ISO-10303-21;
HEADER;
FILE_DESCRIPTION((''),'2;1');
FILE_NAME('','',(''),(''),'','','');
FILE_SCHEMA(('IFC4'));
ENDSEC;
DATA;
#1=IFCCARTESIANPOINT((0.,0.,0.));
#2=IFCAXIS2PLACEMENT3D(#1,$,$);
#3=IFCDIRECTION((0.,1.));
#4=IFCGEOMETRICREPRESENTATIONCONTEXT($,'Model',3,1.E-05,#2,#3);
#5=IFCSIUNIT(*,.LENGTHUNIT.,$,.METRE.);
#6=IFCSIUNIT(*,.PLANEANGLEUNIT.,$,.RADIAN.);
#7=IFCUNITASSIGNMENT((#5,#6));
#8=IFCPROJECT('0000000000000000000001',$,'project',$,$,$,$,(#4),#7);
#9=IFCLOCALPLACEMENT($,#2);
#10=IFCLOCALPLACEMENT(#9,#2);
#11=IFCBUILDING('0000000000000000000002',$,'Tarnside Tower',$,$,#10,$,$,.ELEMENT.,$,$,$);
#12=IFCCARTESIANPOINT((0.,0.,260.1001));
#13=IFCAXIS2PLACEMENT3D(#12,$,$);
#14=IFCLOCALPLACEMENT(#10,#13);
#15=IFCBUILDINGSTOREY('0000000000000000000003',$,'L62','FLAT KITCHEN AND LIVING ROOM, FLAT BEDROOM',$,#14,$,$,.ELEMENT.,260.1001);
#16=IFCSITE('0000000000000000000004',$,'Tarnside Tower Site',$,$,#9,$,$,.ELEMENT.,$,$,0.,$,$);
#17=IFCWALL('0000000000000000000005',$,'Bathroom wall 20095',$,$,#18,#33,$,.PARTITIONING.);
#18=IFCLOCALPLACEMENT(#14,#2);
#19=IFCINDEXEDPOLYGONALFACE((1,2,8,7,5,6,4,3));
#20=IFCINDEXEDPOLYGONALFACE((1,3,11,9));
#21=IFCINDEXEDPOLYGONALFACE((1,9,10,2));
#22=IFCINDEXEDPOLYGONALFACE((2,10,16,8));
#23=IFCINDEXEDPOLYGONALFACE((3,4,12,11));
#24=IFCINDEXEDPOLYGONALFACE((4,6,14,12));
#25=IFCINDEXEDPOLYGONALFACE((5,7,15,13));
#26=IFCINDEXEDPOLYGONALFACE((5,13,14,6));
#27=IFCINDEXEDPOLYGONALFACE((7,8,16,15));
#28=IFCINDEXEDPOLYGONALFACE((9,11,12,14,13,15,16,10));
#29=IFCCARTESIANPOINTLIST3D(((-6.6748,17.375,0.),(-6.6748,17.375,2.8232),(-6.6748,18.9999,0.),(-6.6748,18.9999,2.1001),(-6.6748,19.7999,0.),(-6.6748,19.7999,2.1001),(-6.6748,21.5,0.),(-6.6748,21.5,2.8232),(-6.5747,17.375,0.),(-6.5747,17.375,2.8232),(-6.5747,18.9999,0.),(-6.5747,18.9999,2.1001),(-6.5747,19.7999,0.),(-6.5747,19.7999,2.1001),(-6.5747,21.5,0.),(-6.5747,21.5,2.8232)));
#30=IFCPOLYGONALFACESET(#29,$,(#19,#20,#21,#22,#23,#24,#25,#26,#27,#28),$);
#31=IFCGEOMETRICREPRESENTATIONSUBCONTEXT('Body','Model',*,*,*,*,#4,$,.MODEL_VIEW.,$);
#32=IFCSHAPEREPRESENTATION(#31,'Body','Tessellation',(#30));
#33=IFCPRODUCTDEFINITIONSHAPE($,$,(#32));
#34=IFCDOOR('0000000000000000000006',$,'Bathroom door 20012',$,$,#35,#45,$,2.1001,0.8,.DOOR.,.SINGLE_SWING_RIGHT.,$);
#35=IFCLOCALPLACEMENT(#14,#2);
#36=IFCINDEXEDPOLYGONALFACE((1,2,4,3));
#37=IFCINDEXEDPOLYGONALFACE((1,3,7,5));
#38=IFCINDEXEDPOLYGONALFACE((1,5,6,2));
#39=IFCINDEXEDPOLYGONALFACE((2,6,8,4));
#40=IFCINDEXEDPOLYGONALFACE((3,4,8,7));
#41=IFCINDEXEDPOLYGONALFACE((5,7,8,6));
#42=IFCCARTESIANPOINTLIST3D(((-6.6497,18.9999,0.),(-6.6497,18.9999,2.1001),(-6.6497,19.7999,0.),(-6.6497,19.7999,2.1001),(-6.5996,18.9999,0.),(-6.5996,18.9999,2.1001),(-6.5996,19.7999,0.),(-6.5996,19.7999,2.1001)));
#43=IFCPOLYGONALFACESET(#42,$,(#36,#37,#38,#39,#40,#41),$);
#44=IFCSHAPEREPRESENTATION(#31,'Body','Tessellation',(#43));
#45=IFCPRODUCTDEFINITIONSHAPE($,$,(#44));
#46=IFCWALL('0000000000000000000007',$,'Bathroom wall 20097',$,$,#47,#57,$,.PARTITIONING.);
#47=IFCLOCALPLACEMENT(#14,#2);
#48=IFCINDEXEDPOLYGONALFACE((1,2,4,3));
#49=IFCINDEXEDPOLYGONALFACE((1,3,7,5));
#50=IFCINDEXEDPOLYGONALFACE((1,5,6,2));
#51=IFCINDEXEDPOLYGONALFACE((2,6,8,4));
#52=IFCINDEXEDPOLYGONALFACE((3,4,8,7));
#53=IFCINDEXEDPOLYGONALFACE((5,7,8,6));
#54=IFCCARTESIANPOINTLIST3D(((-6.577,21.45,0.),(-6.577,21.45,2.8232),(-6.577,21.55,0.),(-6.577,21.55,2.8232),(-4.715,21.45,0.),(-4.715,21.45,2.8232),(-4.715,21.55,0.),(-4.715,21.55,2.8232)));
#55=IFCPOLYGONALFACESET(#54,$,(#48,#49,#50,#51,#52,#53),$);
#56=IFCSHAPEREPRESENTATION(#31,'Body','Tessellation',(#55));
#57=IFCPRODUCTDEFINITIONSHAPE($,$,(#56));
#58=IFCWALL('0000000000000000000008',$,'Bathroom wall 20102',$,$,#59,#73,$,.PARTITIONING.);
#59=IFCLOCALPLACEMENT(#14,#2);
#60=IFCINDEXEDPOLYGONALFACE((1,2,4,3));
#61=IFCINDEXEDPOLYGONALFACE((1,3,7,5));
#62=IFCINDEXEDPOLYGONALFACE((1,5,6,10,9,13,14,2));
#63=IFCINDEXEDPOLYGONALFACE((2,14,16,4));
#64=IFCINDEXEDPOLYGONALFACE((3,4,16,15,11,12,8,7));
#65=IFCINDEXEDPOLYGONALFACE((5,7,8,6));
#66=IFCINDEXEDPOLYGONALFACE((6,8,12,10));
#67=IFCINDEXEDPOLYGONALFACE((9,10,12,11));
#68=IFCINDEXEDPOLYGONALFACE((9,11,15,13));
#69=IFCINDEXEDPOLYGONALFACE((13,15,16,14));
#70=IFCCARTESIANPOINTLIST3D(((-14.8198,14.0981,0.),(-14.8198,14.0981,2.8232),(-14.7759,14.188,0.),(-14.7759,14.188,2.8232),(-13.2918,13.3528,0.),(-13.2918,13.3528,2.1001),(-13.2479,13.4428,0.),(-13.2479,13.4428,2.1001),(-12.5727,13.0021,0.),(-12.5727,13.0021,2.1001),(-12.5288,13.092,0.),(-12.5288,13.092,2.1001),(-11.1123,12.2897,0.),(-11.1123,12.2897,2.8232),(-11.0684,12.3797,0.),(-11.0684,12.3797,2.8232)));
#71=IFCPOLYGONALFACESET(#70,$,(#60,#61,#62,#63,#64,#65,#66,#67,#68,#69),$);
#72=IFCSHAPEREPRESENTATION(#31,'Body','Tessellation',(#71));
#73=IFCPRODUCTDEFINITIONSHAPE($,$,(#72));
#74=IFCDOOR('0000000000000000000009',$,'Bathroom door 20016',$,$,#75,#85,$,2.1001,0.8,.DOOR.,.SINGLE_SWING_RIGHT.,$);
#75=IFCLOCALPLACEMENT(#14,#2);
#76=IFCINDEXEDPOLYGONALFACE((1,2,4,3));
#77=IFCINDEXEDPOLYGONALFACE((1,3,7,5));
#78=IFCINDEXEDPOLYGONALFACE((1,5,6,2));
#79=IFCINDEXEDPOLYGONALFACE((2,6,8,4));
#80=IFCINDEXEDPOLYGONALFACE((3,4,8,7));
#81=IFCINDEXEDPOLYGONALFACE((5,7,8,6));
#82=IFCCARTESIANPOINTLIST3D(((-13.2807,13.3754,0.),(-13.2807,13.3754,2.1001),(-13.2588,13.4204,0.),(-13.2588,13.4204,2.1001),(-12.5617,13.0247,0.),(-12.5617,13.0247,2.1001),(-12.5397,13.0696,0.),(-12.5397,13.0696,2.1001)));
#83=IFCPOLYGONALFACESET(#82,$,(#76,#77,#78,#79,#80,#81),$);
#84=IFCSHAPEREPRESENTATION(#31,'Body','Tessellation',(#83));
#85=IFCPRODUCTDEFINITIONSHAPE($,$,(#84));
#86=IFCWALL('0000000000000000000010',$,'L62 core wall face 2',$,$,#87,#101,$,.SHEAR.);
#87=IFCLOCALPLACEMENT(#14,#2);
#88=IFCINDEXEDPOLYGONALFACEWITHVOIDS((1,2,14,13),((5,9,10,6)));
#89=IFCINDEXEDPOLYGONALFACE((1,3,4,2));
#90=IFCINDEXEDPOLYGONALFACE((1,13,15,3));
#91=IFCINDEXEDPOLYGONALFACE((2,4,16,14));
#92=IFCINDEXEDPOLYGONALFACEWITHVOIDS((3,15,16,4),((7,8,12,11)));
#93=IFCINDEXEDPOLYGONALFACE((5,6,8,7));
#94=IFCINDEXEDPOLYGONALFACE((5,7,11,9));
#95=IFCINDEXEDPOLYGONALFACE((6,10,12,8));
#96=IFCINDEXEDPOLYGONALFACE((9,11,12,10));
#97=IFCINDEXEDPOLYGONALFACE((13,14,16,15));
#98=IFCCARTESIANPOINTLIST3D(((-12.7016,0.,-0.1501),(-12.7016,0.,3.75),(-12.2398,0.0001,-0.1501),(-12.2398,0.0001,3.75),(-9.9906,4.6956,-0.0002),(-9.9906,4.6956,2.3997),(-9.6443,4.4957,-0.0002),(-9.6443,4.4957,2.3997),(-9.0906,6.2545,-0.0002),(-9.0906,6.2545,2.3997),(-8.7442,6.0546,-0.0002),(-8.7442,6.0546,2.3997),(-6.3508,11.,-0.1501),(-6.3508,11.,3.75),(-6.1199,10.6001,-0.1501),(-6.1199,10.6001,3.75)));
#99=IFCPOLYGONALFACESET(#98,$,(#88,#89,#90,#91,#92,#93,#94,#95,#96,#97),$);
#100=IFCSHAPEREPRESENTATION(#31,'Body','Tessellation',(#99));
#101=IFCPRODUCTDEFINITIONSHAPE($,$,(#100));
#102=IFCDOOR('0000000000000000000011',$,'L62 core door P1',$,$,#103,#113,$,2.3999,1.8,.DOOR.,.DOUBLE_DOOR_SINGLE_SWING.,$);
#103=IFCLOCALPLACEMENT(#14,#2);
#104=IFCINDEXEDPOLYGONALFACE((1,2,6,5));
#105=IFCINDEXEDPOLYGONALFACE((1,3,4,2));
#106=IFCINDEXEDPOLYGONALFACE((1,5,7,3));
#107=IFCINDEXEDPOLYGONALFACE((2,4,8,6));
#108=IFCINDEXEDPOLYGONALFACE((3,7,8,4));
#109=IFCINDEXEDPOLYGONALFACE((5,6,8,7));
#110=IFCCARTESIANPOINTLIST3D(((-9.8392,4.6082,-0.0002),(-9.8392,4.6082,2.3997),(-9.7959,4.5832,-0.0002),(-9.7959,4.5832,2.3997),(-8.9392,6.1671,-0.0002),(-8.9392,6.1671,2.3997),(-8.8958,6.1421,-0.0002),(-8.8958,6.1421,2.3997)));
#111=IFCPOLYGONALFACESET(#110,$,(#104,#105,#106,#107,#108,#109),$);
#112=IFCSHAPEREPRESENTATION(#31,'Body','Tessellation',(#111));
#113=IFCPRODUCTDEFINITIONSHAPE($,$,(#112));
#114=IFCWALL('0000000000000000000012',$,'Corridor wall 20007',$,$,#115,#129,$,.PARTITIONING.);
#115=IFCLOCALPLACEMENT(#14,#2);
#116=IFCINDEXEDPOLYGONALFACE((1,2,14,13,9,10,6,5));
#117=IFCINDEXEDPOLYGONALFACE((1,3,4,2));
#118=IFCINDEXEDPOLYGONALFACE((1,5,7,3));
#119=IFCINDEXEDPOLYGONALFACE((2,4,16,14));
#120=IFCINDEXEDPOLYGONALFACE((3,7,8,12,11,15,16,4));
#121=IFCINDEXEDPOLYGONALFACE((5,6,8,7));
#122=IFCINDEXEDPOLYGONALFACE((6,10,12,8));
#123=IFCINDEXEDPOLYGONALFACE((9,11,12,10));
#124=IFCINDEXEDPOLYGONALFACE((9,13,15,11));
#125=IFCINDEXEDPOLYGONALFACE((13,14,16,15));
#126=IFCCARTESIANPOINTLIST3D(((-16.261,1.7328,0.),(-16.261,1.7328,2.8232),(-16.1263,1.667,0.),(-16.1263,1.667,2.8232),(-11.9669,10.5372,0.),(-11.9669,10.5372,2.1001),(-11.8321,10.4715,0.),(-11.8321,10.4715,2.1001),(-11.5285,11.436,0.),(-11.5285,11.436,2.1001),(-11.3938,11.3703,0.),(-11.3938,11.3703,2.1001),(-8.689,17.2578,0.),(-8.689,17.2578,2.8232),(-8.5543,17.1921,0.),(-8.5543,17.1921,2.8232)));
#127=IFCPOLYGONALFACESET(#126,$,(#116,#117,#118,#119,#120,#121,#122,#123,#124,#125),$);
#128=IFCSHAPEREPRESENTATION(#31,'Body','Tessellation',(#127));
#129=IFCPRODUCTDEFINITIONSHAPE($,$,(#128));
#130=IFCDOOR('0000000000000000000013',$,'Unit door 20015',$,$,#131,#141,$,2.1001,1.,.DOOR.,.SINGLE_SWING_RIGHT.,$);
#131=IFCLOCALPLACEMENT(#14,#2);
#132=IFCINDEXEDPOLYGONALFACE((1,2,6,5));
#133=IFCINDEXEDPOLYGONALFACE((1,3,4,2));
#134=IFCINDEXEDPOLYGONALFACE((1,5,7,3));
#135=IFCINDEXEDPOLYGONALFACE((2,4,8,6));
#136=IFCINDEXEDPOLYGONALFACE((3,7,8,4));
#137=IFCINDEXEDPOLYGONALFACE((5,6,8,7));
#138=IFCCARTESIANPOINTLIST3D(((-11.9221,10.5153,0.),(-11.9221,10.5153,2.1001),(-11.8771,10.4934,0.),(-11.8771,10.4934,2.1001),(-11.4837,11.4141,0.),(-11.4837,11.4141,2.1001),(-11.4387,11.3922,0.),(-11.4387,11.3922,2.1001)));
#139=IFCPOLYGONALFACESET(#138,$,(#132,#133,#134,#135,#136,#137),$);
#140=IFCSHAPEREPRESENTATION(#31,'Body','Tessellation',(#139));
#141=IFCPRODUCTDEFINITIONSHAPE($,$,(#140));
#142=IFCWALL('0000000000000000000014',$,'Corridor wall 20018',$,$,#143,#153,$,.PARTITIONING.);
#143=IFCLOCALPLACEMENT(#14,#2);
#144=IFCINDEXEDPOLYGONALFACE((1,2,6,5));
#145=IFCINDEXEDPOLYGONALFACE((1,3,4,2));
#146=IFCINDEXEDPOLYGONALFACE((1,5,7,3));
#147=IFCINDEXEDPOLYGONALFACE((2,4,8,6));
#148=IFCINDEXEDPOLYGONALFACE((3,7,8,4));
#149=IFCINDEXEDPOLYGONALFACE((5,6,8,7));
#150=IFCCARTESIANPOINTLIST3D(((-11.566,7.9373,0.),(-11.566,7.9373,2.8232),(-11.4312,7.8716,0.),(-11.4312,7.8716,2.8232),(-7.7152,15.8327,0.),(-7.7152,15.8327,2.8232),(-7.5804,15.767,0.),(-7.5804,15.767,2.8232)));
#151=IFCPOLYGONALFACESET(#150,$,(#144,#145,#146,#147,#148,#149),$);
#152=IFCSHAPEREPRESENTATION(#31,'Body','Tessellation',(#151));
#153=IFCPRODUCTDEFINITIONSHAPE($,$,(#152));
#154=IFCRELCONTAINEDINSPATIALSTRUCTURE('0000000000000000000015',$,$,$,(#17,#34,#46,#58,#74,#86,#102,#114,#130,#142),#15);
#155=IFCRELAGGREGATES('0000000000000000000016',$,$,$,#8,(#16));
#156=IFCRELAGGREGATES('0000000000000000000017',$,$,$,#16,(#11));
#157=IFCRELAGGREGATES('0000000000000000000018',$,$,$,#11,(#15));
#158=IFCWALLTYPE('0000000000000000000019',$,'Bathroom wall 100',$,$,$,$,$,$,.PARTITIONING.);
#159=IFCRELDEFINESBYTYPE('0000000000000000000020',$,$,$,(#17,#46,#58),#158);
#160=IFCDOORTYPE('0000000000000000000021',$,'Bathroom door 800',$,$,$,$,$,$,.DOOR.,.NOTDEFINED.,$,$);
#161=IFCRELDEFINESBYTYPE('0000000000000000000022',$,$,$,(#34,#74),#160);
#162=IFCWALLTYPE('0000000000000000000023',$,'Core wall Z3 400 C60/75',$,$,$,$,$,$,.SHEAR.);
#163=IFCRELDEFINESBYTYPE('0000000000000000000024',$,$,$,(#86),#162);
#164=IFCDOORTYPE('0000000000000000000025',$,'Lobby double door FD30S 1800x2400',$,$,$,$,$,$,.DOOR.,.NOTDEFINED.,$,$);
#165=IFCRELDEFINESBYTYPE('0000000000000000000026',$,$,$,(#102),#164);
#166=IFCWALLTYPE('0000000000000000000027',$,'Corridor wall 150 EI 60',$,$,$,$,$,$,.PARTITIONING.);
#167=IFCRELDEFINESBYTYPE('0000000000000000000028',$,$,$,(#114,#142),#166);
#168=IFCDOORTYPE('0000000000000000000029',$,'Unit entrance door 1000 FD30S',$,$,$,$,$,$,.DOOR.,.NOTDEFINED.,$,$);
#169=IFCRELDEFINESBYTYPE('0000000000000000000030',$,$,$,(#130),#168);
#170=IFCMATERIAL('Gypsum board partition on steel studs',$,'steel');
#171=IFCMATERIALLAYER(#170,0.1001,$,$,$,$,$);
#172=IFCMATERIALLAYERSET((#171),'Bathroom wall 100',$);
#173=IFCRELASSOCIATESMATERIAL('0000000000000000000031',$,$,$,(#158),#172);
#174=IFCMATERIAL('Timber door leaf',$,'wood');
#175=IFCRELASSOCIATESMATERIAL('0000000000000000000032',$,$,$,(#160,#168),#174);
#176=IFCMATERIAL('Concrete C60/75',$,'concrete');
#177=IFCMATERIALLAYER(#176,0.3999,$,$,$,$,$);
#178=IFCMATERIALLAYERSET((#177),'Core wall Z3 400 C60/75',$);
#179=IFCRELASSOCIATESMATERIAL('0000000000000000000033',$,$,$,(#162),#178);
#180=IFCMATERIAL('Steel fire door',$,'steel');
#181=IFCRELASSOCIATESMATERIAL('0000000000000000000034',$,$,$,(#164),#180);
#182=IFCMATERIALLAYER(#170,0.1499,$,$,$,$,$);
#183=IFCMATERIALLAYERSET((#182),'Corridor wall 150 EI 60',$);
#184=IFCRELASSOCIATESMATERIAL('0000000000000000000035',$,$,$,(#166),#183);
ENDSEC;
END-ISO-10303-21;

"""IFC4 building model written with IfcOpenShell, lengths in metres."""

from ifc_helpers import new_model, si_unit, direction, frame, frame_2d, origin, place, context, subcontext, project, spatial, polyline, rectangle, outline, extrude, material, layer, layer_set, type_object, element, fill, save


model = new_model("IFC4")

# Units and contexts
model_context = context("Model", 3, precision=1e-05, world=origin(), true_north=direction((0.0, 1.0)))
body_context = subcontext(model_context, "Body", "Model", "MODEL_VIEW")
ifc_project = project(units=[si_unit("LENGTHUNIT", "METRE"), si_unit("PLANEANGLEUNIT", "RADIAN")], contexts=[model_context])

# Site, building, storey
site_placement = place(None, origin())
site = spatial("IfcSite", under=ifc_project, at=site_placement, Name="Tarnside Tower Site", CompositionType="ELEMENT", RefElevation=0.0)
building_placement = place(site_placement, origin())
building = spatial("IfcBuilding", under=site, at=building_placement, Name="Tarnside Tower", CompositionType="ELEMENT")
storey_placement = place(building_placement, frame((0.0, 0.0, 260.1001)))
storey = spatial("IfcBuildingStorey", under=building, at=storey_placement, Name="L62", Description="FLAT KITCHEN AND LIVING ROOM, FLAT BEDROOM", CompositionType="ELEMENT", Elevation=260.1001)

# Wall, opening, door
ifc_material_1 = material(Name="Gypsum board partition on steel studs", Category="steel")
ifc_layer_1 = layer(ifc_material_1, 0.1001)
ifc_layer_set_1 = layer_set([ifc_layer_1], Name="Bathroom wall 100")
wall_type_1 = type_object("IfcWallType", Name="Bathroom wall 100", PredefinedType="PARTITIONING", material=ifc_layer_set_1)
wall_1_placement = place(storey_placement, frame((-6.6248, 17.375, 0.0), z_axis=(0.0, 0.0, 1.0), x_axis=(0.0, 1.0, 0.0)))
wall_1 = element("IfcWall", 1, at=wall_1_placement, inside=storey, type_object=wall_type_1, Name="Bathroom wall 20095", PredefinedType="PARTITIONING", context=body_context, shape_type="SweptSolid", body=[
    extrude(rectangle(XDim=4.125, YDim=0.1001, at=frame_2d((2.0625, 0.0))), origin(), (0.0, 0.0, 1.0), 2.8232),
])
opening_1_placement = place(wall_1_placement, frame((1.625, 0.0, 0.0)))
opening_1 = element("IfcOpeningElement", 2, at=opening_1_placement, cuts=wall_1, PredefinedType="OPENING", context=body_context, shape_type="SweptSolid", body=[
    extrude(rectangle(XDim=0.8, YDim=2.1001, at=frame_2d((0.3999, 1.05))), frame((0.0, 0.0601, 0.0), z_axis=(0.0, -1.0, 0.0), x_axis=(1.0, 0.0, 0.0)), (0.0, 0.0, 1.0), 0.1201),
])
ifc_material_2 = material(Name="Timber door leaf", Category="wood")
door_type_1 = type_object("IfcDoorType", Name="Bathroom door 800", OperationType="NOTDEFINED", PredefinedType="DOOR", material=ifc_material_2)
door_1_placement = place(opening_1_placement, origin())
door_1 = element("IfcDoor", 3, at=door_1_placement, inside=storey, type_object=door_type_1, Name="Bathroom door 20012", OperationType="SINGLE_SWING_RIGHT", OverallHeight=2.1001, OverallWidth=0.8, PredefinedType="DOOR", context=body_context, shape_type="SweptSolid", body=[
    extrude(rectangle(XDim=0.8, YDim=2.1001, at=frame_2d((0.3999, 1.05))), frame((0.0, 0.0249, 0.0), z_axis=(0.0, -1.0, 0.0), x_axis=(1.0, 0.0, 0.0)), (0.0, 0.0, 1.0), 0.05),
])
fill(opening_1, door_1)

# Wall
wall_2_placement = place(storey_placement, frame((-4.7148, 21.5, 0.0), z_axis=(0.0, 0.0, 1.0), x_axis=(-1.0, 0.0, 0.0)))
element("IfcWall", 4, at=wall_2_placement, inside=storey, type_object=wall_type_1, Name="Bathroom wall 20097", PredefinedType="PARTITIONING", context=body_context, shape_type="SweptSolid", body=[
    extrude(rectangle(XDim=1.8621, YDim=0.1001, at=frame_2d((0.9312, 0.0))), origin(), (0.0, 0.0, 1.0), 2.8232),
])

# Walls, openings, doors
wall_3_placement = place(storey_placement, frame((-11.0903, 12.3347, 0.0), z_axis=(0.0, 0.0, 1.0), x_axis=(-0.898787, 0.438385, 0.0)))
wall_3 = element("IfcWall", 5, at=wall_3_placement, inside=storey, type_object=wall_type_1, Name="Bathroom wall 20102", PredefinedType="PARTITIONING", context=body_context, shape_type="SweptSolid", body=[
    extrude(rectangle(XDim=4.125, YDim=0.1001, at=frame_2d((2.0625, 0.0))), origin(), (0.0, 0.0, 1.0), 2.8232),
])
opening_2_placement = place(wall_3_placement, frame((1.625, 0.0, 0.0)))
opening_2 = element("IfcOpeningElement", 6, at=opening_2_placement, cuts=wall_3, PredefinedType="OPENING", context=body_context, shape_type="SweptSolid", body=[
    extrude(rectangle(XDim=0.8, YDim=2.1001, at=frame_2d((0.3999, 1.05))), frame((0.0, 0.0601, 0.0), z_axis=(0.0, -1.0, 0.0), x_axis=(1.0, 0.0, 0.0)), (0.0, 0.0, 1.0), 0.1201),
])
door_2_placement = place(opening_2_placement, origin())
door_2 = element("IfcDoor", 7, at=door_2_placement, inside=storey, type_object=door_type_1, Name="Bathroom door 20016", OperationType="SINGLE_SWING_RIGHT", OverallHeight=2.1001, OverallWidth=0.8, PredefinedType="DOOR", context=body_context, shape_type="SweptSolid", body=[
    extrude(rectangle(XDim=0.8, YDim=2.1001, at=frame_2d((0.3999, 1.05))), frame((0.0, 0.0249, 0.0), z_axis=(0.0, -1.0, 0.0), x_axis=(1.0, 0.0, 0.0)), (0.0, 0.0, 1.0), 0.05),
])
fill(opening_2, door_2)
ifc_material_3 = material(Name="Concrete C60/75", Category="concrete")
ifc_layer_2 = layer(ifc_material_3, 0.3999)
ifc_layer_set_2 = layer_set([ifc_layer_2], Name="Core wall Z3 400 C60/75")
wall_type_2 = type_object("IfcWallType", Name="Core wall Z3 400 C60/75", PredefinedType="SHEAR", material=ifc_layer_set_2)
wall_4_placement = place(storey_placement, frame((-6.2354, 10.8, -0.1501), z_axis=(0.0, 0.0, 1.0), x_axis=(-0.499996, -0.866027, 0.0)))
wall_4 = element("IfcWall", 8, at=wall_4_placement, inside=storey, type_object=wall_type_2, Name="L62 core wall face 2", PredefinedType="SHEAR", context=body_context, shape_type="SweptSolid", body=[
    extrude(outline(polyline([(-0.1155, -0.2), (12.5862, -0.2), (12.3552, 0.2), (0.1155, 0.2), (-0.1155, -0.2)])), origin(), (0.0, 0.0, 1.0), 3.9001),
])
opening_3_placement = place(wall_4_placement, frame((5.3643, 0.0, 0.1499)))
opening_3 = element("IfcOpeningElement", 9, at=opening_3_placement, cuts=wall_4, PredefinedType="OPENING", context=body_context, shape_type="SweptSolid", body=[
    extrude(rectangle(XDim=1.8, YDim=2.3999, at=frame_2d((0.8999, 1.2))), frame((0.0, 0.21, 0.0), z_axis=(0.0, -1.0, 0.0), x_axis=(1.0, 0.0, 0.0)), (0.0, 0.0, 1.0), 0.4199),
])
ifc_material_4 = material(Name="Steel fire door", Category="steel")
door_type_2 = type_object("IfcDoorType", Name="Lobby double door FD30S 1800x2400", OperationType="NOTDEFINED", PredefinedType="DOOR", material=ifc_material_4)
door_3_placement = place(opening_3_placement, origin())
door_3 = element("IfcDoor", 10, at=door_3_placement, inside=storey, type_object=door_type_2, Name="L62 core door P1", OperationType="DOUBLE_DOOR_SINGLE_SWING", OverallHeight=2.3999, OverallWidth=1.8, PredefinedType="DOOR", context=body_context, shape_type="SweptSolid", body=[
    extrude(rectangle(XDim=1.8, YDim=2.3999, at=frame_2d((0.8999, 1.2))), frame((0.0, 0.0249, 0.0), z_axis=(0.0, -1.0, 0.0), x_axis=(1.0, 0.0, 0.0)), (0.0, 0.0, 1.0), 0.05),
])
fill(opening_3, door_3)
ifc_layer_3 = layer(ifc_material_1, 0.1499)
ifc_layer_set_3 = layer_set([ifc_layer_3], Name="Corridor wall 150 EI 60")
wall_type_3 = type_object("IfcWallType", Name="Corridor wall 150 EI 60", PredefinedType="PARTITIONING", material=ifc_layer_set_3)
wall_5_placement = place(storey_placement, frame((-8.6216, 17.2251, 0.0), z_axis=(0.0, 0.0, 1.0), x_axis=(-0.438367, -0.898796, 0.0)))
wall_5 = element("IfcWall", 11, at=wall_5_placement, inside=storey, type_object=wall_type_3, Name="Corridor wall 20007", PredefinedType="PARTITIONING", context=body_context, shape_type="SweptSolid", body=[
    extrude(rectangle(XDim=17.2732, YDim=0.1499, at=frame_2d((8.6367, 0.0))), origin(), (0.0, 0.0, 1.0), 2.8232),
])
opening_4_placement = place(wall_5_placement, frame((6.4775, 0.0, 0.0)))
opening_4 = element("IfcOpeningElement", 12, at=opening_4_placement, cuts=wall_5, PredefinedType="OPENING", context=body_context, shape_type="SweptSolid", body=[
    extrude(rectangle(XDim=1.0, YDim=2.1001, at=frame_2d((0.5, 1.05))), frame((0.0, 0.085, 0.0), z_axis=(0.0, -1.0, 0.0), x_axis=(1.0, 0.0, 0.0)), (0.0, 0.0, 1.0), 0.1699),
])
door_type_3 = type_object("IfcDoorType", Name="Unit entrance door 1000 FD30S", OperationType="NOTDEFINED", PredefinedType="DOOR", material=ifc_material_2)
door_4_placement = place(opening_4_placement, origin())
door_4 = element("IfcDoor", 13, at=door_4_placement, inside=storey, type_object=door_type_3, Name="Unit door 20015", OperationType="SINGLE_SWING_RIGHT", OverallHeight=2.1001, OverallWidth=1.0, PredefinedType="DOOR", context=body_context, shape_type="SweptSolid", body=[
    extrude(rectangle(XDim=1.0, YDim=2.1001, at=frame_2d((0.5, 1.05))), frame((0.0, 0.0249, 0.0), z_axis=(0.0, -1.0, 0.0), x_axis=(1.0, 0.0, 0.0)), (0.0, 0.0, 1.0), 0.05),
])
fill(opening_4, door_4)

# Wall
wall_6_placement = place(storey_placement, frame((-11.4985, 7.9045, 0.0), z_axis=(0.0, 0.0, 1.0), x_axis=(0.438365, 0.898797, 0.0)))
element("IfcWall", 14, at=wall_6_placement, inside=storey, type_object=wall_type_3, Name="Corridor wall 20018", PredefinedType="PARTITIONING", context=body_context, shape_type="SweptSolid", body=[
    extrude(rectangle(XDim=8.7844, YDim=0.1499, at=frame_2d((4.3921, 0.0))), origin(), (0.0, 0.0, 1.0), 2.8232),
])

save(model, "model.ifc")
